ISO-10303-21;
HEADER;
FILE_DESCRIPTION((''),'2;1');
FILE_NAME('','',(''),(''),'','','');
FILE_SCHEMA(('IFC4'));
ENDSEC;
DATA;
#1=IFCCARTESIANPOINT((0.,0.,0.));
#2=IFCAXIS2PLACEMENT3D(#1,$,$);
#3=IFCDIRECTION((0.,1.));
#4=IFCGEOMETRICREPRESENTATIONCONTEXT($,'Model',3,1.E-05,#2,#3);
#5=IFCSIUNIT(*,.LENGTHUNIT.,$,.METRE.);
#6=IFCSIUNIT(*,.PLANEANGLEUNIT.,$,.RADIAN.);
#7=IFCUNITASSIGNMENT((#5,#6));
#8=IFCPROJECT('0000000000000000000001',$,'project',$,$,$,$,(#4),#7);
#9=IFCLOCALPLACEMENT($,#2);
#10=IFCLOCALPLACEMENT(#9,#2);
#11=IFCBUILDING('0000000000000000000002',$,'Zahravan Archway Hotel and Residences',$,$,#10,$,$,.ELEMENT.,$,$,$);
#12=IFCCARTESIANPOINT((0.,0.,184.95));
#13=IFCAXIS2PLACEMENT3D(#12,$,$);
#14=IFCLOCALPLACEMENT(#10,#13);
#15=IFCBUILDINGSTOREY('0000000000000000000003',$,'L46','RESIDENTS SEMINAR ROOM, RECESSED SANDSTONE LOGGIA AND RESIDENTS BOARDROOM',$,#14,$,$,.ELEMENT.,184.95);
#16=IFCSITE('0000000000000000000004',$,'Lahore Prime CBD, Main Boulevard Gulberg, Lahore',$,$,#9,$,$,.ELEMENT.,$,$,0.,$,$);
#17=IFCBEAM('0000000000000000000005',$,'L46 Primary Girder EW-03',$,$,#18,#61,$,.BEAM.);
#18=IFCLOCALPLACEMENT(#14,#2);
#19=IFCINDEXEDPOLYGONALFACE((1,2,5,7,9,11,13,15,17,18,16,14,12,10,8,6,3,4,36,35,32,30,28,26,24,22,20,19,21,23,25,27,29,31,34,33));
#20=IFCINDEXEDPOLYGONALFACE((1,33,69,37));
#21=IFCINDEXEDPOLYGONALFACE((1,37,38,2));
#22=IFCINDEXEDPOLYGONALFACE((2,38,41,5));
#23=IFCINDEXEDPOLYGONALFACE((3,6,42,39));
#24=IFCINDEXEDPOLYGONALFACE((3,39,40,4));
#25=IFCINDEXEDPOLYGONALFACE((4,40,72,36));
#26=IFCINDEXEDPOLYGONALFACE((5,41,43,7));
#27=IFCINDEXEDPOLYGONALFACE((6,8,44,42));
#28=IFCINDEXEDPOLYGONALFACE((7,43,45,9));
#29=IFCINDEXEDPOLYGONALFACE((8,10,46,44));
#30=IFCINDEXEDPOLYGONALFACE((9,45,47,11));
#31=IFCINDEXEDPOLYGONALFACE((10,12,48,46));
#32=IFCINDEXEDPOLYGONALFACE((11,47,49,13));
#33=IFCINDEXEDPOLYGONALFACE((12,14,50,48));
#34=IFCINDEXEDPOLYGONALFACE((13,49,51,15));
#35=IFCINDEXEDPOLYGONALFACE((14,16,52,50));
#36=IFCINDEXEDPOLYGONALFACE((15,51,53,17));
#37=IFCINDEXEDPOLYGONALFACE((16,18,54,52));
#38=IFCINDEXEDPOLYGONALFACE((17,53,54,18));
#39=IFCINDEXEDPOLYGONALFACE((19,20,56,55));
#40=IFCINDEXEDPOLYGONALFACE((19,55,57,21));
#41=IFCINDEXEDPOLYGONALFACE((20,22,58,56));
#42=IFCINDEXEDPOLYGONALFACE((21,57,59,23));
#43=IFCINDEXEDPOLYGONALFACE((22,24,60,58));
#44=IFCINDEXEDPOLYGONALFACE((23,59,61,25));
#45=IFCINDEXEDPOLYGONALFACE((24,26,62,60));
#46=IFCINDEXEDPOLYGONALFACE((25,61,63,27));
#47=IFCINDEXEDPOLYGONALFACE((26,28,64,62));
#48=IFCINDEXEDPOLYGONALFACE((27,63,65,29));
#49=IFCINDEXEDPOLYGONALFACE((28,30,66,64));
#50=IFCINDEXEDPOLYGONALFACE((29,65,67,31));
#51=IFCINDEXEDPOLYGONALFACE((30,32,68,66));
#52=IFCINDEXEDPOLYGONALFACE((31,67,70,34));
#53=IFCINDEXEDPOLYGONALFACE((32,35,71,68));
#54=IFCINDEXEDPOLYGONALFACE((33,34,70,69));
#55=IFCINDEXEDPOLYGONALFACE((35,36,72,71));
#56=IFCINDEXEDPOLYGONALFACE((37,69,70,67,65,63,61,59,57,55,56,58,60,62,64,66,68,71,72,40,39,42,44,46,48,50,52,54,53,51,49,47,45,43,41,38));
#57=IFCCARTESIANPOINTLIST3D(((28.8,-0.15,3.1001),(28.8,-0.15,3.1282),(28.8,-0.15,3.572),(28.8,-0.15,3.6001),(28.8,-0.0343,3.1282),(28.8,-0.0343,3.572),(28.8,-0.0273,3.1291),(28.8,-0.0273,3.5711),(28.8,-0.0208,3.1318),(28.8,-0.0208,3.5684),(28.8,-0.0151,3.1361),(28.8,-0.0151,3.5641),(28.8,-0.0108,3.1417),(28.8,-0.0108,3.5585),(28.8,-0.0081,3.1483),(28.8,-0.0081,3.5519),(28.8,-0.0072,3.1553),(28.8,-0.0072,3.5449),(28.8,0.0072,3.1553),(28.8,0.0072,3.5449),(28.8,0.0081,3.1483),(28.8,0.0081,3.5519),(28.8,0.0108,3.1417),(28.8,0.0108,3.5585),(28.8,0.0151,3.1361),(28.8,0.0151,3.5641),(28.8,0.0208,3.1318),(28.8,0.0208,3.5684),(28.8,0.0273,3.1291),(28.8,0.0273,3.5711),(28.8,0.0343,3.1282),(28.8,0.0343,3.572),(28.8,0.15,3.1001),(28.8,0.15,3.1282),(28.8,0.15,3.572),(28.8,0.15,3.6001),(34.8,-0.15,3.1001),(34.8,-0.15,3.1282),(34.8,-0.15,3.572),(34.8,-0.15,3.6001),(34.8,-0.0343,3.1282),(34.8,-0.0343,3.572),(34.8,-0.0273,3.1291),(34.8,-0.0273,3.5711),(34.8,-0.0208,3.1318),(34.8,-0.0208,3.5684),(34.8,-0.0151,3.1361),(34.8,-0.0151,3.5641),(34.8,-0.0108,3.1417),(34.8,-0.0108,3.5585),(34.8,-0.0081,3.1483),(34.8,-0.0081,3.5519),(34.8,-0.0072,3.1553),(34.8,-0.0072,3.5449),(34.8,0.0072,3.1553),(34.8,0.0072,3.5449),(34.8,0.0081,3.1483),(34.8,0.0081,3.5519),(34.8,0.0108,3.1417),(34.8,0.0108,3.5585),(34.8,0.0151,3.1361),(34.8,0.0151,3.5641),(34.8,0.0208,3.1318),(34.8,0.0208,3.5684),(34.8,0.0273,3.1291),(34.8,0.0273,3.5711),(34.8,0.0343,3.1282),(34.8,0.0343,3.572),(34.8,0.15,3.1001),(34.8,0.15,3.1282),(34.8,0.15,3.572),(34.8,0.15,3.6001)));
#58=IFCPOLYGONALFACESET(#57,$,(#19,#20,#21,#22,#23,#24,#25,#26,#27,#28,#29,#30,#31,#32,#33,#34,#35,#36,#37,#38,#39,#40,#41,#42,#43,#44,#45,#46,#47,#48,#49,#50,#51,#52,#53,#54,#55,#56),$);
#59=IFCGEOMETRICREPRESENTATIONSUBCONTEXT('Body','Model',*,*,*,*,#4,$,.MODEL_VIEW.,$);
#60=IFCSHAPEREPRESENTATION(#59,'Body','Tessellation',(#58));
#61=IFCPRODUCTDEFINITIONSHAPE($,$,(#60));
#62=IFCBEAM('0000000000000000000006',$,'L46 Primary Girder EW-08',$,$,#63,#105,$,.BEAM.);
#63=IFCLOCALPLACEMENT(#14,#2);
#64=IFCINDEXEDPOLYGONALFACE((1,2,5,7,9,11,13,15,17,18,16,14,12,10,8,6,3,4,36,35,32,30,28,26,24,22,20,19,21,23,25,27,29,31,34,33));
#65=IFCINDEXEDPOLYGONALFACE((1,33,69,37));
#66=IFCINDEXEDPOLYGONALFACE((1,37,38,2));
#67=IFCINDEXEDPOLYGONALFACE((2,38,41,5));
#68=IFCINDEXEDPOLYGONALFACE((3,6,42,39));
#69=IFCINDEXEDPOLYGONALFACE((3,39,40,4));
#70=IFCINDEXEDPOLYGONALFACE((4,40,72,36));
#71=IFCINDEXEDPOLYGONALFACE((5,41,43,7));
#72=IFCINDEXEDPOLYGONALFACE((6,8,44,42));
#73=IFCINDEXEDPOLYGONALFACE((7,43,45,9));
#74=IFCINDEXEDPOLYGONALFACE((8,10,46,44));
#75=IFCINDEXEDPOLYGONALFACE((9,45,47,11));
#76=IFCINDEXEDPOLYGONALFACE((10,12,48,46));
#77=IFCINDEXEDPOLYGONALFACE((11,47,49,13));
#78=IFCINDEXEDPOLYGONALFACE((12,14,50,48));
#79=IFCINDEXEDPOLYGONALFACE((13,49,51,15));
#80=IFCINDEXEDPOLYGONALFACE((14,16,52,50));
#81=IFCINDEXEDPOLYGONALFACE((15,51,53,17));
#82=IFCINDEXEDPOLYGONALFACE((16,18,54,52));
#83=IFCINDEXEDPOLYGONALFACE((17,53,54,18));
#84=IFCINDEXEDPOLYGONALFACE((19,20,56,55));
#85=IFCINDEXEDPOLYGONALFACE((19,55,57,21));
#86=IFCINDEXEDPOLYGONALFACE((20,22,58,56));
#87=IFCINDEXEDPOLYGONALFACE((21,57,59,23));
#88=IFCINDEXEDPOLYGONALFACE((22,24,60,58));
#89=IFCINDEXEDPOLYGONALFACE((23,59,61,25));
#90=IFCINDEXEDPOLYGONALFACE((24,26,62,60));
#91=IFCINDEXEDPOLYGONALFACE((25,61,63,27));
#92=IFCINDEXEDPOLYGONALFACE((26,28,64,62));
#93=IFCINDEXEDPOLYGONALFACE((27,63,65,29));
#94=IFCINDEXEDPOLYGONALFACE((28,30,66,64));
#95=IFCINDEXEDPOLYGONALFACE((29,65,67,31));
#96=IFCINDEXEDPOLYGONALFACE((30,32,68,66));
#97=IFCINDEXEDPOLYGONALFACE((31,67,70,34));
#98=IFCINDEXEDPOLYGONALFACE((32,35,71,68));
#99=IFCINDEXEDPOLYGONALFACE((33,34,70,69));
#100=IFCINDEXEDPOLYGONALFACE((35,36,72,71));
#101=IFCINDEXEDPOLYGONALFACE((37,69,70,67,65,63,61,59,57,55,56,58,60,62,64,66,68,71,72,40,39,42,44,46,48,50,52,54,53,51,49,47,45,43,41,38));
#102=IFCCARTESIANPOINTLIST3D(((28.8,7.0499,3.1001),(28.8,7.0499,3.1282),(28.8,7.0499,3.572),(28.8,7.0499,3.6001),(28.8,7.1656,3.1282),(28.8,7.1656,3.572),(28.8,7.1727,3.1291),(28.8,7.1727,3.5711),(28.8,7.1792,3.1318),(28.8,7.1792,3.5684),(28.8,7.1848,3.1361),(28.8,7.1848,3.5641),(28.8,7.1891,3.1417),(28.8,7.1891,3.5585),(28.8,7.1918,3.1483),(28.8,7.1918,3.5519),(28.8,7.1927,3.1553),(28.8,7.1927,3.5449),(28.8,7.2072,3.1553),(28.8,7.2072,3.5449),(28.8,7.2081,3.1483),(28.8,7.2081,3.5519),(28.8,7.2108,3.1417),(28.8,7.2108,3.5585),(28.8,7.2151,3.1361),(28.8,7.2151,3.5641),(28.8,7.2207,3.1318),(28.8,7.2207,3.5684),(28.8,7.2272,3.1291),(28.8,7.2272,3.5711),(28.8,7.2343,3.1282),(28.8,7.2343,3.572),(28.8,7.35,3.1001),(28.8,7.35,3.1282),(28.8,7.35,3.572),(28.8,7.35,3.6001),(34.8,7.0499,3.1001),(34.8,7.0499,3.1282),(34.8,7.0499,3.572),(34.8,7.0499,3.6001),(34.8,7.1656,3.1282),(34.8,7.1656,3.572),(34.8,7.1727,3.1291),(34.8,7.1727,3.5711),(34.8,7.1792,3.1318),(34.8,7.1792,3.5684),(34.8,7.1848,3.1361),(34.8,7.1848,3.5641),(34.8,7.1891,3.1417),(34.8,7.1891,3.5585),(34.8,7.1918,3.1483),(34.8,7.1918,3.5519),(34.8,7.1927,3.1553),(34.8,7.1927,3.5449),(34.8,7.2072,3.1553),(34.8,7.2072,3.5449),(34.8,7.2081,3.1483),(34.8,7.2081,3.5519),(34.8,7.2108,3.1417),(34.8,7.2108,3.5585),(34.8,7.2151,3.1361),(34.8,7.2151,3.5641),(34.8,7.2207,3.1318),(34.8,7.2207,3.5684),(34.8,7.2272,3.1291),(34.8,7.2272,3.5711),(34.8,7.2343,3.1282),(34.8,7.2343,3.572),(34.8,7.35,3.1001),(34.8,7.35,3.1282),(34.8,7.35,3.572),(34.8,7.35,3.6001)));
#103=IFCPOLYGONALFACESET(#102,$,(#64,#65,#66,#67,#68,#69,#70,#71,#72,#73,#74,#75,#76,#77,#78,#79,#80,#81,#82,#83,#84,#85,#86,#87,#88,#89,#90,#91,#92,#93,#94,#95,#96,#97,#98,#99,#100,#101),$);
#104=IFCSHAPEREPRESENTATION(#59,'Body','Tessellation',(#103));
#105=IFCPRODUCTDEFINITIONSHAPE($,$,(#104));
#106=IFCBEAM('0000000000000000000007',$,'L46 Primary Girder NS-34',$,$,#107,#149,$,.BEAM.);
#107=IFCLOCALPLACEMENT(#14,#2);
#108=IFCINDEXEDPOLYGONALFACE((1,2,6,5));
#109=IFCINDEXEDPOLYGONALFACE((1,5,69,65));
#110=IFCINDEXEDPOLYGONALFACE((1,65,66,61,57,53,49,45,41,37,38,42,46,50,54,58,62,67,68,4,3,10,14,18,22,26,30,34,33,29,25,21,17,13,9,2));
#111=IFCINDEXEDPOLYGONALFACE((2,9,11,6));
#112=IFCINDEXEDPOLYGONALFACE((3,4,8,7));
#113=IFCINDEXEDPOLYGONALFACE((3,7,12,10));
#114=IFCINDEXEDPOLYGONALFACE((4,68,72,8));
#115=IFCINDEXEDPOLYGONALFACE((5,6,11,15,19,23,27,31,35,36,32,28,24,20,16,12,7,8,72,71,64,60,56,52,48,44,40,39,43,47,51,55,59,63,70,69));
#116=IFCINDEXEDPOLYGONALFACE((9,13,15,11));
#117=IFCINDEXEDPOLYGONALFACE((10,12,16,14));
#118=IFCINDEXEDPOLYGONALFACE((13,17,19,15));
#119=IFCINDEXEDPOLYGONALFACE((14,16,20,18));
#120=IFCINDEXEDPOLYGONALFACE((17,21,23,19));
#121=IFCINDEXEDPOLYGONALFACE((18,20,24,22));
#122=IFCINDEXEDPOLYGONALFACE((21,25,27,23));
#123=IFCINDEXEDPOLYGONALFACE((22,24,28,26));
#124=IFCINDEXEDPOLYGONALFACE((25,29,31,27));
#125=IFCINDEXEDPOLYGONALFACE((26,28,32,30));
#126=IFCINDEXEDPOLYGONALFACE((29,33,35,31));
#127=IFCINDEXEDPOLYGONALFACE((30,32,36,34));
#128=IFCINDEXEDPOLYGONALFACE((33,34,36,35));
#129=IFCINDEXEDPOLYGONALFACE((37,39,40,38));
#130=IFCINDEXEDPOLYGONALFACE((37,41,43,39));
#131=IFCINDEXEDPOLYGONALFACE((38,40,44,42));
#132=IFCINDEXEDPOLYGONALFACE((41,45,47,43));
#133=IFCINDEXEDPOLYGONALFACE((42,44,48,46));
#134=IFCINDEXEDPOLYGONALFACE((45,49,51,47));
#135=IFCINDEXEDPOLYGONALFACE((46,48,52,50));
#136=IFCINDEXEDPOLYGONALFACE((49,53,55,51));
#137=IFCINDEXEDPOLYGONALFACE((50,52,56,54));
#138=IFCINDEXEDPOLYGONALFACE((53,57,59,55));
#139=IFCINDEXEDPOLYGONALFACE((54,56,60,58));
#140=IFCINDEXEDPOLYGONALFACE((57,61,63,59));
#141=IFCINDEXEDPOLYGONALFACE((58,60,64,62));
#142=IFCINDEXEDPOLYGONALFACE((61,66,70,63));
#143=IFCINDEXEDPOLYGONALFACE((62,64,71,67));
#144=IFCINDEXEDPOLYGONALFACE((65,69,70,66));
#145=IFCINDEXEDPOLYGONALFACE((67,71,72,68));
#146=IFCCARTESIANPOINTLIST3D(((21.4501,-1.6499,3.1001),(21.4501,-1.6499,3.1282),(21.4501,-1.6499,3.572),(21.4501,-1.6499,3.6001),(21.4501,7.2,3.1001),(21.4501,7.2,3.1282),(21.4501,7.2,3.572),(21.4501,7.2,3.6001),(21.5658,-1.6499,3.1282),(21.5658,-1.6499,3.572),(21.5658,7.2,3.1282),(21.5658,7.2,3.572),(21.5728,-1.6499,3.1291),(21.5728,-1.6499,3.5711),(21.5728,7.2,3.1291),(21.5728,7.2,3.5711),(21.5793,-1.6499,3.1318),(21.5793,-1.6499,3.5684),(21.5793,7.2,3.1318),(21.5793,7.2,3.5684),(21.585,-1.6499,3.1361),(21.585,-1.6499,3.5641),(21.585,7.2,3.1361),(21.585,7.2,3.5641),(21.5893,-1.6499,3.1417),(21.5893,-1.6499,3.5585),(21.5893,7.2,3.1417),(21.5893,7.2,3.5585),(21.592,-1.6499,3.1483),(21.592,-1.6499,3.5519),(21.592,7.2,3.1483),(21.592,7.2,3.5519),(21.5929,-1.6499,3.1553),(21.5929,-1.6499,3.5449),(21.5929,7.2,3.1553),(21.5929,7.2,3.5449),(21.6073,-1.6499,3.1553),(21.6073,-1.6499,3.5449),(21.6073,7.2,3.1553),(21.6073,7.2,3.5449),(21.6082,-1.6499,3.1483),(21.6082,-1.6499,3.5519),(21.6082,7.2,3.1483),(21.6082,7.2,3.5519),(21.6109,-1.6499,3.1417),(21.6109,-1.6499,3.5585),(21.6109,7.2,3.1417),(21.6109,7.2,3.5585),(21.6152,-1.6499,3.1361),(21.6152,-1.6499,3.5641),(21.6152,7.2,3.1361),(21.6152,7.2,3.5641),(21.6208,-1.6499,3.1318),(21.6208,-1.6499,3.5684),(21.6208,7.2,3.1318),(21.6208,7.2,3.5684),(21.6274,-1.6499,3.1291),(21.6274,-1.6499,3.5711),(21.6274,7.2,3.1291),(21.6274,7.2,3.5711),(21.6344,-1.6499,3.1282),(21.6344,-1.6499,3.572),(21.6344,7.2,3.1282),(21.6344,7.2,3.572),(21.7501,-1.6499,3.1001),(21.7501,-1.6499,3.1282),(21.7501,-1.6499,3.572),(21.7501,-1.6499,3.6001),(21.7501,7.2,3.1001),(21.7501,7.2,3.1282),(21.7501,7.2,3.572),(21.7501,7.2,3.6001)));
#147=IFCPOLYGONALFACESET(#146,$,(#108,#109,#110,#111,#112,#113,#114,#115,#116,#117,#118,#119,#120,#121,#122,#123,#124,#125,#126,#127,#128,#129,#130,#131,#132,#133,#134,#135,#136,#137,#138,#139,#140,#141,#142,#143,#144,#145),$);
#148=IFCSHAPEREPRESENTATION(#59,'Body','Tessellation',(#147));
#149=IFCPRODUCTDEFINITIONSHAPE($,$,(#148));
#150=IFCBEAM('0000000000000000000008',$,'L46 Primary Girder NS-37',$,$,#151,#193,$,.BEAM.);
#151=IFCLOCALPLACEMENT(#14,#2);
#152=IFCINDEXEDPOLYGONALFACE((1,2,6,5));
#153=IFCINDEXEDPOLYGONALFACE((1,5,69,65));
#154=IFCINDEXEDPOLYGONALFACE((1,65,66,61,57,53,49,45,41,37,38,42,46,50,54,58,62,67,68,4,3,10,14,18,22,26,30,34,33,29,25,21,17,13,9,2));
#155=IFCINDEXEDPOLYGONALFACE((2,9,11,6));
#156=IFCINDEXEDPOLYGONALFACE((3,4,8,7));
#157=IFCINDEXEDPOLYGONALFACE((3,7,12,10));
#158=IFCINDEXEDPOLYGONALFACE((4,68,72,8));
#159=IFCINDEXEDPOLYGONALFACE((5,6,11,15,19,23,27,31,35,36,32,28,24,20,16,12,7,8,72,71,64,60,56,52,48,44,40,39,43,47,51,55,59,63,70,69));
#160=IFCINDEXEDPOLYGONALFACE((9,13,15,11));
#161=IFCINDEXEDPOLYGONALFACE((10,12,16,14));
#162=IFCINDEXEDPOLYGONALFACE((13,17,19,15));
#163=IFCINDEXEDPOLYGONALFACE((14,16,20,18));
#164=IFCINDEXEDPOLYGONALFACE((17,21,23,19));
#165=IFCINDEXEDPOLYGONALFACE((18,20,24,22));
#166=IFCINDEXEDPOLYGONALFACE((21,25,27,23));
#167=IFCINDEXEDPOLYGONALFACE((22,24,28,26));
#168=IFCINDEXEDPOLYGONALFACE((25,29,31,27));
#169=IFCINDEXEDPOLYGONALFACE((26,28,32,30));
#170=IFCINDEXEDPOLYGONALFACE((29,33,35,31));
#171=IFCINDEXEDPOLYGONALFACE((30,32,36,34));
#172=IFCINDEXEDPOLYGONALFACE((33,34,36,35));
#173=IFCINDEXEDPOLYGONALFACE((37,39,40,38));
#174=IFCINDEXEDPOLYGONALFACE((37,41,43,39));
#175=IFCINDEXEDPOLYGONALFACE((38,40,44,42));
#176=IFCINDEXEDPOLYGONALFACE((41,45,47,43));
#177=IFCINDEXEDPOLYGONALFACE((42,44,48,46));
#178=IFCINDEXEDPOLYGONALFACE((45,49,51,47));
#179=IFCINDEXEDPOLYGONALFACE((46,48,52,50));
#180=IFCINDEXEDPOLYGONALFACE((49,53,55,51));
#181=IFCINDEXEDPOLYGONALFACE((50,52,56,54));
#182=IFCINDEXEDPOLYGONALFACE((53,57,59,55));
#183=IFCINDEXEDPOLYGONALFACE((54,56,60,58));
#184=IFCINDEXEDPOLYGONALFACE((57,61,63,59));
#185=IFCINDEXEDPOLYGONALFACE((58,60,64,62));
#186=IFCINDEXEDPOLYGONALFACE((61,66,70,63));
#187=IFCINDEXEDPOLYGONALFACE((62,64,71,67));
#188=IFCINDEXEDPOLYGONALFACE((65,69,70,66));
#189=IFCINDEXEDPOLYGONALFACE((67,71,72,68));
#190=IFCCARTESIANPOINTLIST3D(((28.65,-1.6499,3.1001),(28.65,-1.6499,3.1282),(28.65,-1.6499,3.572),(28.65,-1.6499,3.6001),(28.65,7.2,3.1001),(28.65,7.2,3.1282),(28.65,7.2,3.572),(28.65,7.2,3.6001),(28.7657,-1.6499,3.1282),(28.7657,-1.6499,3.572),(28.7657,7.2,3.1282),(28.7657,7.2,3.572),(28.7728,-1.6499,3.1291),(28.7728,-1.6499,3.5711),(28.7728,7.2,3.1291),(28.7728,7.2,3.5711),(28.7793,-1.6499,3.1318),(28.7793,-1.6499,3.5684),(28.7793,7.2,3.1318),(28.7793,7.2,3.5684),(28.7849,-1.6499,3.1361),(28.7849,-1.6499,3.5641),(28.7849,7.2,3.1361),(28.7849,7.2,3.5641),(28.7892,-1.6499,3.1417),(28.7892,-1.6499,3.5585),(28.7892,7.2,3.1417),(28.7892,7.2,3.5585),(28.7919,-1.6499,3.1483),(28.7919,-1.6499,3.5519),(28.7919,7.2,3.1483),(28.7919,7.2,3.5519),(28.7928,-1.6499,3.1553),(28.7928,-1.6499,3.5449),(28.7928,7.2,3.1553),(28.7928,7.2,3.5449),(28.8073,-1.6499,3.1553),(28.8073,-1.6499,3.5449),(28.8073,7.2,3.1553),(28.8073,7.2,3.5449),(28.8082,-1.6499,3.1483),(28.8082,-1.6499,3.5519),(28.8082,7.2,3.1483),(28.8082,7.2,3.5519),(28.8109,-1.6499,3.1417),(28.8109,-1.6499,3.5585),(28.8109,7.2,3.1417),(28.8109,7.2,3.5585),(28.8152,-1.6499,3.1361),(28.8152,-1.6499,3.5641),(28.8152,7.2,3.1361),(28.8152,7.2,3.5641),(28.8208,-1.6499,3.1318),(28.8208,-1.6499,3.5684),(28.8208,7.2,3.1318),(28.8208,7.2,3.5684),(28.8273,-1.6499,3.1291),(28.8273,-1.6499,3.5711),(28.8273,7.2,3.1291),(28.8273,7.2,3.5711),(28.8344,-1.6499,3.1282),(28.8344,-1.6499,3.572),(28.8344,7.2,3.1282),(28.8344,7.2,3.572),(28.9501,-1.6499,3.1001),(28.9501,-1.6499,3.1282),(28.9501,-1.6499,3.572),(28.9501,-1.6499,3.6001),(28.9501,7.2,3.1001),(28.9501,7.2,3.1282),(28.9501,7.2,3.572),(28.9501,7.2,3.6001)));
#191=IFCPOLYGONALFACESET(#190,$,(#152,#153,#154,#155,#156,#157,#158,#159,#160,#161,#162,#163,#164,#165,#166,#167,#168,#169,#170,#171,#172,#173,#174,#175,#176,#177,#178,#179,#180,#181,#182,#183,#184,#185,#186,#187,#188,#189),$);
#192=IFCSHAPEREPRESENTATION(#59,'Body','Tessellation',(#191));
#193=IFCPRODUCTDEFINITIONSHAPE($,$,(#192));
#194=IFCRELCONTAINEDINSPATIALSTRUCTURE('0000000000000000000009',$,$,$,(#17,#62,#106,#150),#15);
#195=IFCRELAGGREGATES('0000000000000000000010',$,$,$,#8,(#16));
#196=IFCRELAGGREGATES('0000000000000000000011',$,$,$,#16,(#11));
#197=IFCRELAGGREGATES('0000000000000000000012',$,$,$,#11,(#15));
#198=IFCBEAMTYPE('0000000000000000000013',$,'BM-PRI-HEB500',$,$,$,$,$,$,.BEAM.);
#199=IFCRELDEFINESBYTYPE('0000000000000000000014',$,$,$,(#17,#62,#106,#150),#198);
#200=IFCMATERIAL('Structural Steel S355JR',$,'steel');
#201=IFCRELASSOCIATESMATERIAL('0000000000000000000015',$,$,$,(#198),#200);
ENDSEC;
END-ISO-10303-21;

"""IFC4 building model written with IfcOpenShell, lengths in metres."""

from ifc_helpers import new_model, si_unit, direction, frame, origin, origin_2d, place, context, subcontext, project, spatial, i_section, extrude, source, transform, mapped, material, material_profile, profile_set, type_object, element, save


model = new_model("IFC4")

# Units and contexts
model_context = context("Model", 3, precision=1e-05, world=origin(), true_north=direction((0.0, 1.0)))
body_context = subcontext(model_context, "Body", "Model", "MODEL_VIEW")
ifc_project = project(units=[si_unit("LENGTHUNIT", "METRE"), si_unit("PLANEANGLEUNIT", "RADIAN")], contexts=[model_context])

# Site, building, storey
site_placement = place(None, origin())
site = spatial("IfcSite", under=ifc_project, at=site_placement, Name="Lahore Prime CBD, Main Boulevard Gulberg, Lahore", CompositionType="ELEMENT", RefElevation=0.0)
building_placement = place(site_placement, origin())
building = spatial("IfcBuilding", under=site, at=building_placement, Name="Zahravan Archway Hotel and Residences", CompositionType="ELEMENT")
storey_placement = place(building_placement, frame((0.0, 0.0, 184.95)))
storey = spatial("IfcBuildingStorey", under=building, at=storey_placement, Name="L46", Description="RESIDENTS SEMINAR ROOM, RECESSED SANDSTONE LOGGIA AND RESIDENTS BOARDROOM", CompositionType="ELEMENT", Elevation=184.95)

# Beams
ifc_material_1 = material(Name="Structural Steel S355JR", Category="steel")
ifc_material_profile_1 = material_profile(ifc_material_1, i_section(OverallWidth=0.3, OverallDepth=0.5, WebThickness=0.0144, FlangeThickness=0.0281, FilletRadius=0.0271, at=origin_2d()), Name="HEB 500", Category="steel")
ifc_profile_set_1 = profile_set([ifc_material_profile_1], Name="Structural Steel S355JR")
beam_type_1 = type_object("IfcBeamType", Name="BM-PRI-HEB500", PredefinedType="BEAM", material=ifc_profile_set_1)
shared_shape_1 = source(origin(), body_context, "Body", "SweptSolid", [
    extrude(i_section(OverallWidth=0.3, OverallDepth=0.5, WebThickness=0.0144, FlangeThickness=0.0281, FilletRadius=0.0271, at=origin_2d()), origin(), (0.0, 0.0, 1.0), 6.0),
])
for number, where, z_axis, x_axis, name in (
    (1, (28.8, 0.0, 3.3501), (1.0, 0.0, 0.0), (0.0, 1.0, 0.0), "L46 Primary Girder EW-03"),
    (2, (28.8, 7.2, 3.3501), (1.0, 0.0, 0.0), (0.0, 1.0, 0.0), "L46 Primary Girder EW-08"),
):
    element("IfcBeam", number, at=place(storey_placement, frame(where, z_axis=z_axis, x_axis=x_axis)), inside=storey, type_object=beam_type_1, Name=name, PredefinedType="BEAM", context=body_context, shape_type="MappedRepresentation", body=[
        mapped(shared_shape_1, transform((0.0, 0.0, 0.0), scale=1.0)),
    ])
shared_shape_2 = source(origin(), body_context, "Body", "SweptSolid", [
    extrude(i_section(OverallWidth=0.3, OverallDepth=0.5, WebThickness=0.0144, FlangeThickness=0.0281, FilletRadius=0.0271, at=origin_2d()), origin(), (0.0, 0.0, 1.0), 8.8499),
])
for number, where, z_axis, x_axis, name in (
    (3, (21.6001, -1.6499, 3.3501), (0.0, 1.0, 0.0), (-1.0, 0.0, 0.0), "L46 Primary Girder NS-34"),
    (4, (28.8, -1.6499, 3.3501), (0.0, 1.0, 0.0), (-1.0, 0.0, 0.0), "L46 Primary Girder NS-37"),
):
    element("IfcBeam", number, at=place(storey_placement, frame(where, z_axis=z_axis, x_axis=x_axis)), inside=storey, type_object=beam_type_1, Name=name, PredefinedType="BEAM", context=body_context, shape_type="MappedRepresentation", body=[
        mapped(shared_shape_2, transform((0.0, 0.0, 0.0), scale=1.0)),
    ])

save(model, "model.ifc")
